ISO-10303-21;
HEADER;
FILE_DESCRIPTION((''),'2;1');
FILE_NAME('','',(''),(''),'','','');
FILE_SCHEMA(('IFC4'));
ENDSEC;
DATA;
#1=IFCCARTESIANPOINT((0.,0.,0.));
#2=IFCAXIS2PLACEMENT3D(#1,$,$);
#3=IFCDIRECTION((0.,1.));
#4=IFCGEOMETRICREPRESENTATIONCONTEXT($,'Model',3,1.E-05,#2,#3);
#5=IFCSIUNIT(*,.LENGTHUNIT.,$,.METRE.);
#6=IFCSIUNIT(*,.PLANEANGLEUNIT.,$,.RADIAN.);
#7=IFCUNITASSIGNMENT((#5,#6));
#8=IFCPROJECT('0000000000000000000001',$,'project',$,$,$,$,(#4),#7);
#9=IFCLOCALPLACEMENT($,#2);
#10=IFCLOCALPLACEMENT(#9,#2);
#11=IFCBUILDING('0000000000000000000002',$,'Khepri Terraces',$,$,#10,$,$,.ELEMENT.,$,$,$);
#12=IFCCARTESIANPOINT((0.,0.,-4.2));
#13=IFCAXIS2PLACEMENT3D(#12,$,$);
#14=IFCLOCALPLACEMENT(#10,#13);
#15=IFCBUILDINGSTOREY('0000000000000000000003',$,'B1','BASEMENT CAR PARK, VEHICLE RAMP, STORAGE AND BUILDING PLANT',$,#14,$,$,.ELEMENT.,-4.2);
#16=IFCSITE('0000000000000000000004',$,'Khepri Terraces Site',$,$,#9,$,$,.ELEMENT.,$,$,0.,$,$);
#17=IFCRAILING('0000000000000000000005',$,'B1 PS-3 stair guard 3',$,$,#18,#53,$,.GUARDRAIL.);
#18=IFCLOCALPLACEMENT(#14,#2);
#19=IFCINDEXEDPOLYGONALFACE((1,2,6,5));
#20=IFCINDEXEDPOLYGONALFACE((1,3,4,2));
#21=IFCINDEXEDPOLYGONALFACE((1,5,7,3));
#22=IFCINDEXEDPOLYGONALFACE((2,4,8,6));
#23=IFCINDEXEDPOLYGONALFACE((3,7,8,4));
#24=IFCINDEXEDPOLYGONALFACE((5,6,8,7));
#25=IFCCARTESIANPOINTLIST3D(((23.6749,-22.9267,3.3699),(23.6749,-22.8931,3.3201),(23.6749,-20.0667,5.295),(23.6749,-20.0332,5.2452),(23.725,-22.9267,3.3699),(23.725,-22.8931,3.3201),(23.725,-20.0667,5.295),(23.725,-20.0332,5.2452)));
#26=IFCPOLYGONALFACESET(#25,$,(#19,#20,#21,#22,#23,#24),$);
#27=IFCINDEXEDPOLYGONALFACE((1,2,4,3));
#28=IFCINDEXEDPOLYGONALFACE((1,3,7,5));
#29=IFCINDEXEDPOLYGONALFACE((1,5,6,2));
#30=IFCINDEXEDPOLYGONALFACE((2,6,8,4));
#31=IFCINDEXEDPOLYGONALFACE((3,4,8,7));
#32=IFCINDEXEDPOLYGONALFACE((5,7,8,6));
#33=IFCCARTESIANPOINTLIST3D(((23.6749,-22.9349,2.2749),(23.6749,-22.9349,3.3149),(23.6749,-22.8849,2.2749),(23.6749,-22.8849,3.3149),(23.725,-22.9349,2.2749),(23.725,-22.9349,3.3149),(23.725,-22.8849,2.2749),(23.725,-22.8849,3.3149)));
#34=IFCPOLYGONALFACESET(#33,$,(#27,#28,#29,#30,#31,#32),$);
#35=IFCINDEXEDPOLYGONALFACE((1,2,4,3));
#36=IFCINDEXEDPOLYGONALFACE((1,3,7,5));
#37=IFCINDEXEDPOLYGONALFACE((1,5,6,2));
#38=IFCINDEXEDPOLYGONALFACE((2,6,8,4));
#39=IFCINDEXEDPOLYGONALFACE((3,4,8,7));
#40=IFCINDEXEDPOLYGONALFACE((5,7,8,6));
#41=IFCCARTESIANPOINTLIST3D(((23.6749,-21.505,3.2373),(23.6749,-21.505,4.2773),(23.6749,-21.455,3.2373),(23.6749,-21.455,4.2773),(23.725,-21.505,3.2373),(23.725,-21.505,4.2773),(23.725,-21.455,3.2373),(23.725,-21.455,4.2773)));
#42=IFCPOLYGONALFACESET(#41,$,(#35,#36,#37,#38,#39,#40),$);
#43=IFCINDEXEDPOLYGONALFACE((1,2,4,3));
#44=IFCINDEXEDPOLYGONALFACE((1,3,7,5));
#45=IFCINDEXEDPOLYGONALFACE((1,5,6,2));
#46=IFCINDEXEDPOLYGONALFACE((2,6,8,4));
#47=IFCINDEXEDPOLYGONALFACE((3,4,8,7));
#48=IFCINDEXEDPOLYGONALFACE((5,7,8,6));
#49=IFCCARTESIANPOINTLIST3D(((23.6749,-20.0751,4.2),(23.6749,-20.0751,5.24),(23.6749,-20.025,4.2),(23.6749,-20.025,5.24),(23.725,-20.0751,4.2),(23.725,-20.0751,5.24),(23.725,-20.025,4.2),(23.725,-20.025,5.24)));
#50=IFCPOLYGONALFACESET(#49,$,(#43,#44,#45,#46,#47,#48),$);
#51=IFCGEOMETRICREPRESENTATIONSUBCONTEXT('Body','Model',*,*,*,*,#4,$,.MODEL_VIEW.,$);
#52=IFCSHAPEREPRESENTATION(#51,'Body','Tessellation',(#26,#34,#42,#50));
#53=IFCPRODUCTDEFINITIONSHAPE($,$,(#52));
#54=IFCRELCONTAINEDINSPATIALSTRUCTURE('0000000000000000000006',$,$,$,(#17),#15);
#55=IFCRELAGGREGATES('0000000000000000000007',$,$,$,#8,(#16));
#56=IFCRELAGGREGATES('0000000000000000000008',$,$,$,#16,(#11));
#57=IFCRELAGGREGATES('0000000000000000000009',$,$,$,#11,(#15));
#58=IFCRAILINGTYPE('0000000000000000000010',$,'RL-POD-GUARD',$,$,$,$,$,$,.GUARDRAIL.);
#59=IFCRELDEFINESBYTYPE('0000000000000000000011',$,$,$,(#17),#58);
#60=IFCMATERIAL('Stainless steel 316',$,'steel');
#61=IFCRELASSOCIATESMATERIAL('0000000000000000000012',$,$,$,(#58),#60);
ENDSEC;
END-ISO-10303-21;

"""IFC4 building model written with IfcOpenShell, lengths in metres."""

from ifc_helpers import new_model, si_unit, direction, frame, origin, origin_2d, place, context, subcontext, project, spatial, rectangle, extrude, material, type_object, element, save


model = new_model("IFC4")

# Units and contexts
model_context = context("Model", 3, precision=1e-05, world=origin(), true_north=direction((0.0, 1.0)))
body_context = subcontext(model_context, "Body", "Model", "MODEL_VIEW")
ifc_project = project(units=[si_unit("LENGTHUNIT", "METRE"), si_unit("PLANEANGLEUNIT", "RADIAN")], contexts=[model_context])

# Site, building, storey
site_placement = place(None, origin())
site = spatial("IfcSite", under=ifc_project, at=site_placement, Name="Khepri Terraces Site", CompositionType="ELEMENT", RefElevation=0.0)
building_placement = place(site_placement, origin())
building = spatial("IfcBuilding", under=site, at=building_placement, Name="Khepri Terraces", CompositionType="ELEMENT")
storey_placement = place(building_placement, frame((0.0, 0.0, -4.2)))
storey = spatial("IfcBuildingStorey", under=building, at=storey_placement, Name="B1", Description="BASEMENT CAR PARK, VEHICLE RAMP, STORAGE AND BUILDING PLANT", CompositionType="ELEMENT", Elevation=-4.2)

# Railing
ifc_material_1 = material(Name="Stainless steel 316", Category="steel")
railing_type = type_object("IfcRailingType", Name="RL-POD-GUARD", PredefinedType="GUARDRAIL", material=ifc_material_1)
railing_1_placement = place(storey_placement, frame((23.7, -22.9099, 2.2749)))
element("IfcRailing", 1, at=railing_1_placement, inside=storey, type_object=railing_type, Name="B1 PS-3 stair guard 3", PredefinedType="GUARDRAIL", context=body_context, shape_type="SweptSolid", body=[
    extrude(rectangle(XDim=0.05, YDim=0.0601, at=origin_2d()), frame((0.0, 0.0, 1.0701), z_axis=(0.0, 0.829569, 0.558404), x_axis=(-1.0, 0.0, 0.0)), (0.0, 0.0, 1.0), 3.4475),
    extrude(rectangle(XDim=0.05, YDim=0.05, at=origin_2d()), origin(), (0.0, 0.0, 1.0), 1.04),
    extrude(rectangle(XDim=0.05, YDim=0.05, at=origin_2d()), frame((0.0, 1.4299, 0.9624)), (0.0, 0.0, 1.0), 1.04),
    extrude(rectangle(XDim=0.05, YDim=0.05, at=origin_2d()), frame((0.0, 2.8599, 1.925)), (0.0, 0.0, 1.0), 1.04),
])

save(model, "model.ifc")
